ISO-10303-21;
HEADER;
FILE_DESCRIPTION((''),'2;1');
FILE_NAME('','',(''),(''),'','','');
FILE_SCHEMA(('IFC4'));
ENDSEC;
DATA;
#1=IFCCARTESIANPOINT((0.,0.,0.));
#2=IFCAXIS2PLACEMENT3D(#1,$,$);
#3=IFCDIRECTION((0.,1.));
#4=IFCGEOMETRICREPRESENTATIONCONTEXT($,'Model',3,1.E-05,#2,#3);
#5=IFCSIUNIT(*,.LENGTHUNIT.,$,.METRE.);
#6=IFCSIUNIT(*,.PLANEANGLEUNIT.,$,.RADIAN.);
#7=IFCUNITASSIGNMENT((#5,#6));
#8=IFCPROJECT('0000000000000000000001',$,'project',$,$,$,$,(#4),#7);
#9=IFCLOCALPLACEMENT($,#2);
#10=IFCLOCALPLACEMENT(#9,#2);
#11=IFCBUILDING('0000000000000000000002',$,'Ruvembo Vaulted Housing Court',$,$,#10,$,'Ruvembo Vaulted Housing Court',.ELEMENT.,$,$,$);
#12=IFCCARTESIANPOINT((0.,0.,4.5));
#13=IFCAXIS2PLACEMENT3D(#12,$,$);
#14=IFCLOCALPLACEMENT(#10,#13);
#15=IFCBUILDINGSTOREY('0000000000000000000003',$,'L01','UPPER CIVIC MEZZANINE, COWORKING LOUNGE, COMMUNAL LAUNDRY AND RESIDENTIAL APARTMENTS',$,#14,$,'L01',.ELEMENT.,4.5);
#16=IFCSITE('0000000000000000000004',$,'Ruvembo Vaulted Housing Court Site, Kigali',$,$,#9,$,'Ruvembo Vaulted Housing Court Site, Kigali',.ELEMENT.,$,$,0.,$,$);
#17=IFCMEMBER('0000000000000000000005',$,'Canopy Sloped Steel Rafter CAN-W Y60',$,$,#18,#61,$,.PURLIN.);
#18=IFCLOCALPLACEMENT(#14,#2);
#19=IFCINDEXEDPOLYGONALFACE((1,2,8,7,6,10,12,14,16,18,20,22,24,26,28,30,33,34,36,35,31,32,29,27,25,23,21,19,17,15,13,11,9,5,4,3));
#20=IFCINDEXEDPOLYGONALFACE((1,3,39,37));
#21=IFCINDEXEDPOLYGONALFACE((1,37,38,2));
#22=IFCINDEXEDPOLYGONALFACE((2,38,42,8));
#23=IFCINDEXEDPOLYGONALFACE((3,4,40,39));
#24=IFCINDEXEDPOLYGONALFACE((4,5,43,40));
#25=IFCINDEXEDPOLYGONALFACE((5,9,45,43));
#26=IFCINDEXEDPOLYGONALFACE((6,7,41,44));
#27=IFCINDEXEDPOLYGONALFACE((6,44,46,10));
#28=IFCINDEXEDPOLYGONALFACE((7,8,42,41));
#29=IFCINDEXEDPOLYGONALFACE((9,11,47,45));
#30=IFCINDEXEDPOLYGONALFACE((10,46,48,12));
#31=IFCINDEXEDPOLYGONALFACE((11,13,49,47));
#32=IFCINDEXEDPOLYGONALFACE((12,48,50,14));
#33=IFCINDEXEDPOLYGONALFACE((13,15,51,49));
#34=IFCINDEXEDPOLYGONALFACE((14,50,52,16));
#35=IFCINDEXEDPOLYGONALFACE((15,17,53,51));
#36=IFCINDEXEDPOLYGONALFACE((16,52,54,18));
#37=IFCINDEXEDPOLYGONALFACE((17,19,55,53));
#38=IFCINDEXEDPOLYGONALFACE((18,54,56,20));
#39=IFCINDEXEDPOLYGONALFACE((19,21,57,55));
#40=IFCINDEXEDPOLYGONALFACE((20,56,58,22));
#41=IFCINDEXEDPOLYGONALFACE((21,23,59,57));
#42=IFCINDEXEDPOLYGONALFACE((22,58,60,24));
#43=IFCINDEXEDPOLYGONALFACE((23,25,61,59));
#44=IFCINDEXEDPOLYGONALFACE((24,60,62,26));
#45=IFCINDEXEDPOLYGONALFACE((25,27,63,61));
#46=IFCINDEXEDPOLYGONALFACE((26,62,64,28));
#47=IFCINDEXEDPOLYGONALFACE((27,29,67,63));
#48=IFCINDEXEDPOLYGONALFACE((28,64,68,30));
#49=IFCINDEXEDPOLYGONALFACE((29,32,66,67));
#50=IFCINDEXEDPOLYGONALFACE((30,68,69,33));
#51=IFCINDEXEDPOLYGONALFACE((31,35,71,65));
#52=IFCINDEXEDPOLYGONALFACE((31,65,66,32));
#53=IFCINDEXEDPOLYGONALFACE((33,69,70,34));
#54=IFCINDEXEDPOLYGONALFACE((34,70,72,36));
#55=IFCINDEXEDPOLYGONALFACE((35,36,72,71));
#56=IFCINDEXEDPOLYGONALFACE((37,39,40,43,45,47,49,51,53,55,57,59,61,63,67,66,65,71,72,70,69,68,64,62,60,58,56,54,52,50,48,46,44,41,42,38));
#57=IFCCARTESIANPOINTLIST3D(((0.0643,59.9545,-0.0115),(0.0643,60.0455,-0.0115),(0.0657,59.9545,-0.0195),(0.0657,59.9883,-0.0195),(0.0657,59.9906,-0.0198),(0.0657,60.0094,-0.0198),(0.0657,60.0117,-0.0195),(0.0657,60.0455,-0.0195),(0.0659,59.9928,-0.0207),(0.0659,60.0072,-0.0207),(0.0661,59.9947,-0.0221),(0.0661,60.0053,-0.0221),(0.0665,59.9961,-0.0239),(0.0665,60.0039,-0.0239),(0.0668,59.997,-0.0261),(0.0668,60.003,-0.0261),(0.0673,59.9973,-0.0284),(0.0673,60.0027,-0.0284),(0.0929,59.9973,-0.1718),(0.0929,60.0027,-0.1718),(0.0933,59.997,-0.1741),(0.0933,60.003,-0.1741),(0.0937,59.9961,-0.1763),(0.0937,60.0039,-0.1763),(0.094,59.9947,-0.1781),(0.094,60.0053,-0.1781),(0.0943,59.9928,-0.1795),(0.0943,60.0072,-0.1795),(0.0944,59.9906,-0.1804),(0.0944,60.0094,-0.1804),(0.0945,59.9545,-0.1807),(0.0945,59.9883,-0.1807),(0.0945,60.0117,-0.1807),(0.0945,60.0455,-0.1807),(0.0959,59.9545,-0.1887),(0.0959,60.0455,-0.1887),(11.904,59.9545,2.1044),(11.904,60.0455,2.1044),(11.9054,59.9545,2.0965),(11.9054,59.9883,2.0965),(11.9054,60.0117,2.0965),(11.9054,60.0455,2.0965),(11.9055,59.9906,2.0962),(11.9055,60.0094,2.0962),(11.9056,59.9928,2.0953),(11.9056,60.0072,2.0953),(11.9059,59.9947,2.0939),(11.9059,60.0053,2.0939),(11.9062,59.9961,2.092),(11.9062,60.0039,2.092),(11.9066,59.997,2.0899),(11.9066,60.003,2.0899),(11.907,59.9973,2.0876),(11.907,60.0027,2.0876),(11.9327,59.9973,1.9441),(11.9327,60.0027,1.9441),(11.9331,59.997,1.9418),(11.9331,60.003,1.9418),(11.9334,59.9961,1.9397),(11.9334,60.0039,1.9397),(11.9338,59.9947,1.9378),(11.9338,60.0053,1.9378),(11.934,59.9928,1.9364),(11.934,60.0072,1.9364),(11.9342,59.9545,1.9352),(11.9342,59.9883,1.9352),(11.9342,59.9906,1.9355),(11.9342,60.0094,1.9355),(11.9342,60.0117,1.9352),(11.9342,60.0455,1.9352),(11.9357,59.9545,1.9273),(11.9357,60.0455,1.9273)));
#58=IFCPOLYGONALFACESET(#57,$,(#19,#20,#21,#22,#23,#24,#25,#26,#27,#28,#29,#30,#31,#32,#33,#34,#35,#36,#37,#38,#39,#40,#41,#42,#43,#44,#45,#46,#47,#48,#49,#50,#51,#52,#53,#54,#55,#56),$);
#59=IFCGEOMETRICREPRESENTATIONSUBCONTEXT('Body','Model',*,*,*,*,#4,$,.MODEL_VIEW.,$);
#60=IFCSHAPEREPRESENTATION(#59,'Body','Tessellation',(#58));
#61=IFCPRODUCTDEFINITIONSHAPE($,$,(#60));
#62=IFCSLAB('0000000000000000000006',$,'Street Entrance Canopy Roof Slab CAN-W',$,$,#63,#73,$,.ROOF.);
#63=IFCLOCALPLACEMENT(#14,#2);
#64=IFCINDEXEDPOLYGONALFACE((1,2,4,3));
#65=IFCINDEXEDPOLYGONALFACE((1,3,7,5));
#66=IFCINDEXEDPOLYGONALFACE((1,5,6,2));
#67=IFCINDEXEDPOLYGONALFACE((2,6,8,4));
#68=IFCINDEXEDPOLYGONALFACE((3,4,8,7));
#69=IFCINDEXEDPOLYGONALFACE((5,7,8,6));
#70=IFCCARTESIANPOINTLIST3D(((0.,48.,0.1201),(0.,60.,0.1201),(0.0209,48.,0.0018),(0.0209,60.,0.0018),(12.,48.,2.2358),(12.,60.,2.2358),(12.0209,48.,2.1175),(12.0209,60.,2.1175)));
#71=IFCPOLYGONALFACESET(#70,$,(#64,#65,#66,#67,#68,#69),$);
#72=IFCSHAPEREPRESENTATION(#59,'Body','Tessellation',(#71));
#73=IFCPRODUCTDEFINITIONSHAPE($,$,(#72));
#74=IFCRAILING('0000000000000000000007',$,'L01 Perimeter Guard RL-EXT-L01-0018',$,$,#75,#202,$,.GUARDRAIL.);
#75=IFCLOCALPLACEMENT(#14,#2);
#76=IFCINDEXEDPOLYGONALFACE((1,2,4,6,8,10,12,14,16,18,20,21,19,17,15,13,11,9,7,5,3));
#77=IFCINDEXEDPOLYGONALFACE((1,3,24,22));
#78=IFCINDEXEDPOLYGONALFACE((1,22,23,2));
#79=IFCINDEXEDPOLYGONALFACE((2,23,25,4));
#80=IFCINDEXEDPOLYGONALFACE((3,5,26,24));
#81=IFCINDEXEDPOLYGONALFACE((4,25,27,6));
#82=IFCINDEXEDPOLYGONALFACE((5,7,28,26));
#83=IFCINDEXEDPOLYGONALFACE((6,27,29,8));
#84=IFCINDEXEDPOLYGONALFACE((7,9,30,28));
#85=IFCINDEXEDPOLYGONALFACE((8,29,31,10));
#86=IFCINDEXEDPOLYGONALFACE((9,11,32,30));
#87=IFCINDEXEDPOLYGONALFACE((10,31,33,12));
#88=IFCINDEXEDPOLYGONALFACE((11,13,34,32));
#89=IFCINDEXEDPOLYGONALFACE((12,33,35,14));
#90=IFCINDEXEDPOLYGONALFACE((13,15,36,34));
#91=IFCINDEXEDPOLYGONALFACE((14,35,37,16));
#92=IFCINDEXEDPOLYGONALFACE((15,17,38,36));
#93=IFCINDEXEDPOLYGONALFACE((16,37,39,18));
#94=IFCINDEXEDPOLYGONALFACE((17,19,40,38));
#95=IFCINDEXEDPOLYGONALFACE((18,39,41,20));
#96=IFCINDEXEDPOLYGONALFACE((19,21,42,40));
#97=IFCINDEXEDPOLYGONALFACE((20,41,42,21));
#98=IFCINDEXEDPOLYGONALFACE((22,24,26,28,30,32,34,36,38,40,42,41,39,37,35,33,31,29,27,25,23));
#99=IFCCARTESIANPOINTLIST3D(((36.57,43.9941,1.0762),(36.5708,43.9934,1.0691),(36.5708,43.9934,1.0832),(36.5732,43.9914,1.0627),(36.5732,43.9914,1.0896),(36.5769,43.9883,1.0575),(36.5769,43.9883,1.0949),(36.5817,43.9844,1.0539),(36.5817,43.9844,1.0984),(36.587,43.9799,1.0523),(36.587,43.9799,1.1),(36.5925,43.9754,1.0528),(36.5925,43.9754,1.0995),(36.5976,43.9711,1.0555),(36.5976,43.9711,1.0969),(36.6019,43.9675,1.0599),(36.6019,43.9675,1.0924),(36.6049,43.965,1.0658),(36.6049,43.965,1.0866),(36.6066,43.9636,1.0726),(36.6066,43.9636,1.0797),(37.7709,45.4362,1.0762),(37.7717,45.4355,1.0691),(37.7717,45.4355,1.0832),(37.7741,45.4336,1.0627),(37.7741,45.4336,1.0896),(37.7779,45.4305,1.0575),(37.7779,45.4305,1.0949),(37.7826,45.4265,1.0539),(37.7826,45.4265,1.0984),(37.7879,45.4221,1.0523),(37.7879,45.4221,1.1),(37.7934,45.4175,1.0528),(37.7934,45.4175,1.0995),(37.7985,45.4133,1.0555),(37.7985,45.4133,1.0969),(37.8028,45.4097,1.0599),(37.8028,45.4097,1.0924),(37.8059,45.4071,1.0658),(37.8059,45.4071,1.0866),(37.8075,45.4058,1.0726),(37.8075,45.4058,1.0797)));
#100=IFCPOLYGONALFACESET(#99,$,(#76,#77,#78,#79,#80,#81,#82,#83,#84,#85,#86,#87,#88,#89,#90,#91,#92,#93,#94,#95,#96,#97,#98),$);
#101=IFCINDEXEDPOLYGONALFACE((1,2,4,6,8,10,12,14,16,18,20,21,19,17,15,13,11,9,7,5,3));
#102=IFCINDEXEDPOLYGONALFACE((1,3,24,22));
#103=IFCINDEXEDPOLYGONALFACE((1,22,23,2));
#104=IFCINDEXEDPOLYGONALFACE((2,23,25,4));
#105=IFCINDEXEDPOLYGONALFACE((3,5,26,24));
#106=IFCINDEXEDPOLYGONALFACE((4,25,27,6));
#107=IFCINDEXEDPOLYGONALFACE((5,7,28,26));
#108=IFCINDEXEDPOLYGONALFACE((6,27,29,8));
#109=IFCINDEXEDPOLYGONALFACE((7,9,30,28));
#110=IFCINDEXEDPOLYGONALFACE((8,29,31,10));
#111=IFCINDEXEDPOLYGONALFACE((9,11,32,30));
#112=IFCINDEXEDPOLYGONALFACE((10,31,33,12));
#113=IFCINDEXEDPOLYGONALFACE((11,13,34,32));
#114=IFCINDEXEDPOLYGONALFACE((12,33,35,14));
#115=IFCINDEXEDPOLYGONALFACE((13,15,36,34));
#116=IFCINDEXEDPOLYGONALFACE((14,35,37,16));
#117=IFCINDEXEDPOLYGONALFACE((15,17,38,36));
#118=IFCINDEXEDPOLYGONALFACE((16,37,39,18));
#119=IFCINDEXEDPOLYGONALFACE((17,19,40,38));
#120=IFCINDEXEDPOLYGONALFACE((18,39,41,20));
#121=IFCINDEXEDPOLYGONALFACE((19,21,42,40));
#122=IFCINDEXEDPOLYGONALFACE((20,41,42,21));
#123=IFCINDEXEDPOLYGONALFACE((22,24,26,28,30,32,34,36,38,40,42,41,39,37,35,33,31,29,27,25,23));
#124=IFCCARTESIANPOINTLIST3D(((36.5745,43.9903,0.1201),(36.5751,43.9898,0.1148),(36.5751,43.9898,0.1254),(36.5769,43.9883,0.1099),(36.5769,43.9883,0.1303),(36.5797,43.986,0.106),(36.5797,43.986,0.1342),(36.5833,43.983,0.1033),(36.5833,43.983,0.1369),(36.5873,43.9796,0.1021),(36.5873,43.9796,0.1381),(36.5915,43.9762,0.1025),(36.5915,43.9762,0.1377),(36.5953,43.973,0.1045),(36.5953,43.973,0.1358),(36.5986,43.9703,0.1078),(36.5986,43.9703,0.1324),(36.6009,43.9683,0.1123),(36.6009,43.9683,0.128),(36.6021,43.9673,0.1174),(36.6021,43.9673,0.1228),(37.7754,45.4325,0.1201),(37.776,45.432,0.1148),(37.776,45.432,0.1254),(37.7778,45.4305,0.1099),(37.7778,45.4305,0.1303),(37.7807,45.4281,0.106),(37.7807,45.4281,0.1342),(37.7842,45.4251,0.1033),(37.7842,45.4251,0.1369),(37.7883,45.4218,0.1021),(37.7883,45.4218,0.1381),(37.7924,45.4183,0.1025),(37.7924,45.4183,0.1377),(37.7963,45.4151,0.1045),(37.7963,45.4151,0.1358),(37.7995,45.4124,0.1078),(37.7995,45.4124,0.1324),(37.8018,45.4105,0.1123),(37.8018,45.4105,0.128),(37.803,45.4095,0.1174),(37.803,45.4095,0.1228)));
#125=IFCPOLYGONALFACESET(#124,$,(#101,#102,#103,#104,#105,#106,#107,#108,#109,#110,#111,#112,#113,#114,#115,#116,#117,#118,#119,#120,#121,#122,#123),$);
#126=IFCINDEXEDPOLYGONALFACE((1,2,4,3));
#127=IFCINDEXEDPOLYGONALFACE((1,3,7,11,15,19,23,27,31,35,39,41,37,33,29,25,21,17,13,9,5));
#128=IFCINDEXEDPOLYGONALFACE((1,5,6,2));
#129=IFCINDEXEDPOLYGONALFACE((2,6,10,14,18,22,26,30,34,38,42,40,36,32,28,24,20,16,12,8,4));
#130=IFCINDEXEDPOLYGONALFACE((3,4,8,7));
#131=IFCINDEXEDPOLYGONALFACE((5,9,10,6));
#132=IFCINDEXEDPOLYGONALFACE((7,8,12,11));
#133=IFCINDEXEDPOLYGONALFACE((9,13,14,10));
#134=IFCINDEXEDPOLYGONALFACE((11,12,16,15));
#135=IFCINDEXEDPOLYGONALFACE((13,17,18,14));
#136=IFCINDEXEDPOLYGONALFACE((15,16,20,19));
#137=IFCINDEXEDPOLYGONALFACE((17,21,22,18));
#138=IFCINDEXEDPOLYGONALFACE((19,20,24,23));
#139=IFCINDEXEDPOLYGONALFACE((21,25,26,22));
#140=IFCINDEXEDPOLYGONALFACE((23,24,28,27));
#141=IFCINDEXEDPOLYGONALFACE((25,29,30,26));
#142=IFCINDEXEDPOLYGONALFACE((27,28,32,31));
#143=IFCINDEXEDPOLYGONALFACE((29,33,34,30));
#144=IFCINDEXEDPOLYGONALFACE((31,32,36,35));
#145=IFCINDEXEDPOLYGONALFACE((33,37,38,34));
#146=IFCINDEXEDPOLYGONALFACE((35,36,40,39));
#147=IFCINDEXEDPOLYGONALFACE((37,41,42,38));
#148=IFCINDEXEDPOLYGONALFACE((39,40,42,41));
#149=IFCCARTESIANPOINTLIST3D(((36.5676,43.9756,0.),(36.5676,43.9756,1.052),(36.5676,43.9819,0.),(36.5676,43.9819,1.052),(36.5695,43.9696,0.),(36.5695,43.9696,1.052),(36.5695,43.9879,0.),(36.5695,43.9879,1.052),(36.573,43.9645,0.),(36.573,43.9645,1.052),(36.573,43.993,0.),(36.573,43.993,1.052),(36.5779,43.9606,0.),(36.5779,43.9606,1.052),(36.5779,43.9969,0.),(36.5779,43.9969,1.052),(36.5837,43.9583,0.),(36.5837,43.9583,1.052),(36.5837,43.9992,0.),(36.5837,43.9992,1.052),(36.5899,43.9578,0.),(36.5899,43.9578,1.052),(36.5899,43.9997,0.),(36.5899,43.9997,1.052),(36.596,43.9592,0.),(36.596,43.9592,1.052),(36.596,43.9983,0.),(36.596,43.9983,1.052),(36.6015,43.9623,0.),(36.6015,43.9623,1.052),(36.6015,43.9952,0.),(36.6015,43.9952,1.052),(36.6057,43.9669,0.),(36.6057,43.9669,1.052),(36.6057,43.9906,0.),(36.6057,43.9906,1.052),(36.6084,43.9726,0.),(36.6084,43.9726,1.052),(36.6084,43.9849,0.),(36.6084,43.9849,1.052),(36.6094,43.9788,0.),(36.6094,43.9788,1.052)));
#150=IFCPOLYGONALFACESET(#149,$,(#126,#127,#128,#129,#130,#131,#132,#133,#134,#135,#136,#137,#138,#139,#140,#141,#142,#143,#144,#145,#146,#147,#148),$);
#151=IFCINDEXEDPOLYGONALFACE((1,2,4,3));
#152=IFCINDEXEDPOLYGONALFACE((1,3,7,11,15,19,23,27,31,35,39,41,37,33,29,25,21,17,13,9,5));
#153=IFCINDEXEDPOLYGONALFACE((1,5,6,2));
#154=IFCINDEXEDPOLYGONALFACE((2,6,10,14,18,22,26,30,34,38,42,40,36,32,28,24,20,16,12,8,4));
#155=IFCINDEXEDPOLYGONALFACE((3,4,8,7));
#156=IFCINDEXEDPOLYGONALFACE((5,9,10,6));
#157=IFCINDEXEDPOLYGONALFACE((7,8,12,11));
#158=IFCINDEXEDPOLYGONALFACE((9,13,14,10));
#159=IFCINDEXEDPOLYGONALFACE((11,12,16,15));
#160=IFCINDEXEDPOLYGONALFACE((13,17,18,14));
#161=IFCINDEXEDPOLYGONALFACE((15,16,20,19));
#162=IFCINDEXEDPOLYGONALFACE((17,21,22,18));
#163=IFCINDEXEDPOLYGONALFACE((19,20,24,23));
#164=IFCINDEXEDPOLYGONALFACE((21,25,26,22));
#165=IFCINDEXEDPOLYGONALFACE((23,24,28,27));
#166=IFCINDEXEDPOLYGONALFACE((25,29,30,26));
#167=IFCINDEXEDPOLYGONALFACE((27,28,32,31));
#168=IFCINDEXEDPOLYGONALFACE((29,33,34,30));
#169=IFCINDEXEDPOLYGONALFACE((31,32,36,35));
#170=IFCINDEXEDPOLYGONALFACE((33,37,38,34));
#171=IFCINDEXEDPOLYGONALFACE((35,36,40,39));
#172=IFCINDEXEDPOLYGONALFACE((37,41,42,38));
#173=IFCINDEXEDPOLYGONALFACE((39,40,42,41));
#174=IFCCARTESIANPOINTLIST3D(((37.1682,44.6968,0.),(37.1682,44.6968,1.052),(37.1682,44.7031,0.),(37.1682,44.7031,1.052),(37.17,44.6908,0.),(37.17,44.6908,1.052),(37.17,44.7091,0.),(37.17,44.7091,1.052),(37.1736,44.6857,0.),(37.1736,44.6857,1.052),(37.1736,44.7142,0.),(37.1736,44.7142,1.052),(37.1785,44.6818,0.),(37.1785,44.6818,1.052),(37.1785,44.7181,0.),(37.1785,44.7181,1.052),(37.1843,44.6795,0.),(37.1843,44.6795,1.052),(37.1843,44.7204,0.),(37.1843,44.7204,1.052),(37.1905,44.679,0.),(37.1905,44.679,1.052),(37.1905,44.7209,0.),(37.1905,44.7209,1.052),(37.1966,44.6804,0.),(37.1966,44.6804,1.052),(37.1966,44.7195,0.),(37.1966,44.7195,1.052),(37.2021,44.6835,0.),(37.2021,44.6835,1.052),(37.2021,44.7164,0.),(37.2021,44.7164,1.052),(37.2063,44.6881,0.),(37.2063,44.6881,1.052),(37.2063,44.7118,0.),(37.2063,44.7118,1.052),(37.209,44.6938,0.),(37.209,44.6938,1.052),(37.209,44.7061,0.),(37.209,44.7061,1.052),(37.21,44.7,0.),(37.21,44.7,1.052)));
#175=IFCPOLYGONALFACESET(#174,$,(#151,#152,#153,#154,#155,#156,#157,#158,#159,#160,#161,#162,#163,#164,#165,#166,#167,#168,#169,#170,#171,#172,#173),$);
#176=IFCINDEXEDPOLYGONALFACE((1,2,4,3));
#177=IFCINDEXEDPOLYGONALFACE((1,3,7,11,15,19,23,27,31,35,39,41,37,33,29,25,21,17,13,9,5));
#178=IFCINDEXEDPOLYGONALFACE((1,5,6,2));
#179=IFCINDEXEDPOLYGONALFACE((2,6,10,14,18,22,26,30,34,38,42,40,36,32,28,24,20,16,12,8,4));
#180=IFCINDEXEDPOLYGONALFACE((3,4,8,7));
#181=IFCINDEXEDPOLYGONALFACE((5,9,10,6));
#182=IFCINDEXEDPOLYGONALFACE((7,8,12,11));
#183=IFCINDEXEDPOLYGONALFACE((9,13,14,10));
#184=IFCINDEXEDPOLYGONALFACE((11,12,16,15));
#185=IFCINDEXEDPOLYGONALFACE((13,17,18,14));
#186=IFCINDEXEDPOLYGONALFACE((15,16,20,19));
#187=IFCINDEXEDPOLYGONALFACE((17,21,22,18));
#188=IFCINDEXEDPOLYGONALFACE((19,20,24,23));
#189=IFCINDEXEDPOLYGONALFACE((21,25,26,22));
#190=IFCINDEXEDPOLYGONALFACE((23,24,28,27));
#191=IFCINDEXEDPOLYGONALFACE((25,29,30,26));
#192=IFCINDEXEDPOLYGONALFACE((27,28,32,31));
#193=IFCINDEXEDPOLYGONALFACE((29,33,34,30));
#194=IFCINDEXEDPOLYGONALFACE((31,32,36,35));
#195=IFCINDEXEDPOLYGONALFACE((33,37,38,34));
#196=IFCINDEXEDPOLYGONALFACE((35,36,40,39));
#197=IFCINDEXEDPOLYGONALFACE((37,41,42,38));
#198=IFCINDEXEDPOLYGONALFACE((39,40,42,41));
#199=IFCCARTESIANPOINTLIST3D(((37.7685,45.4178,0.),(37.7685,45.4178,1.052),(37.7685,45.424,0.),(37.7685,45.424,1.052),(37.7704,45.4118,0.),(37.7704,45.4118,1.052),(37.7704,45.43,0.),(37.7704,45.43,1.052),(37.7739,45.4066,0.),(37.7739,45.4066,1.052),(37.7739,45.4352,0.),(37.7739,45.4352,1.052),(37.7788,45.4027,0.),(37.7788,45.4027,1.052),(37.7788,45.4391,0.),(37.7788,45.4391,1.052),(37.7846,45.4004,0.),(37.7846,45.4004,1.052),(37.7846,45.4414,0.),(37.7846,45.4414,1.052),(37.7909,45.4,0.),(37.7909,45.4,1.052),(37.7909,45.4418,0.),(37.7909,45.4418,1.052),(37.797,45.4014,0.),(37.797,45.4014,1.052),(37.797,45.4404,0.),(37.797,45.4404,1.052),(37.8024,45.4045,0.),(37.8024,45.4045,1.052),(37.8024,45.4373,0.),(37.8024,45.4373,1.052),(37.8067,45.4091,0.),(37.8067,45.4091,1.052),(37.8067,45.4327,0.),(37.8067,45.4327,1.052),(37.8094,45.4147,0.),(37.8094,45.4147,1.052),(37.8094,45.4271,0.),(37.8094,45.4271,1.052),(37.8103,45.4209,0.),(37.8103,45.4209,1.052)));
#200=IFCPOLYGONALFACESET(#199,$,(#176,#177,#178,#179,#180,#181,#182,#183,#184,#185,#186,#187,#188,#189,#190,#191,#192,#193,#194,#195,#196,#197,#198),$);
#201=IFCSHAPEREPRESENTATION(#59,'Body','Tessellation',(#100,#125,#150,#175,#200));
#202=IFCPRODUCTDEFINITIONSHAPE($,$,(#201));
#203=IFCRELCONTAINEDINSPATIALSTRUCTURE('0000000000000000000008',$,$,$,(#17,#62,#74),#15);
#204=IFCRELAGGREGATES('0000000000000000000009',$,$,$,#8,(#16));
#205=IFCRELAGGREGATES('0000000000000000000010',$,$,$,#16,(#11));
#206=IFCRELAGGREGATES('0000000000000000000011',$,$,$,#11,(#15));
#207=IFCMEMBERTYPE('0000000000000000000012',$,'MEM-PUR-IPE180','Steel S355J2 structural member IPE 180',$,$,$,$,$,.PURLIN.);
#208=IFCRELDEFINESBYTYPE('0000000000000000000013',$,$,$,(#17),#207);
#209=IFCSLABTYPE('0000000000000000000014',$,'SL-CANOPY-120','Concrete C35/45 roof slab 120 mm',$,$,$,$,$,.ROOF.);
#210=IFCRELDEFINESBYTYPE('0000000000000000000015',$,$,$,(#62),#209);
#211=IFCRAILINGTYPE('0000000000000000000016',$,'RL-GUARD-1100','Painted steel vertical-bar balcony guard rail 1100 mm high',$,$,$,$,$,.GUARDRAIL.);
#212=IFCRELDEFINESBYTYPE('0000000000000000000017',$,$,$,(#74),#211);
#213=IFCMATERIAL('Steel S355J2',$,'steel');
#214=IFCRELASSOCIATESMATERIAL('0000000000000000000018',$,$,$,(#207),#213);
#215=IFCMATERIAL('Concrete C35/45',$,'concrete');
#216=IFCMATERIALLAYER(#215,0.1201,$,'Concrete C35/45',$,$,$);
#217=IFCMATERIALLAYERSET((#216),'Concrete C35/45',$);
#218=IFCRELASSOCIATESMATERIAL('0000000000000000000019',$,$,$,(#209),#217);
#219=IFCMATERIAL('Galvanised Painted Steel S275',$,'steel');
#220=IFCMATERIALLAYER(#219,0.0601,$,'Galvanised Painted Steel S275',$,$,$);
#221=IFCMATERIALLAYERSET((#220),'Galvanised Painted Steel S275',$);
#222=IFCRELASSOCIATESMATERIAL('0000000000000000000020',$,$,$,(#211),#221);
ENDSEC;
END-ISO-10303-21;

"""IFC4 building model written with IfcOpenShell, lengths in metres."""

from ifc_helpers import new_model, si_unit, direction, frame, origin, origin_2d, place, context, subcontext, project, spatial, polyline, circle, i_section, outline, extrude, material, layer, layer_set, material_profile, profile_set, type_object, element, save


model = new_model("IFC4")

# Units and contexts
model_context = context("Model", 3, precision=1e-05, world=origin(), true_north=direction((0.0, 1.0)))
body_context = subcontext(model_context, "Body", "Model", "MODEL_VIEW")
ifc_project = project(units=[si_unit("LENGTHUNIT", "METRE"), si_unit("PLANEANGLEUNIT", "RADIAN")], contexts=[model_context])

# Site, building, storey
site_placement = place(None, origin())
site = spatial("IfcSite", under=ifc_project, at=site_placement, Name="Ruvembo Vaulted Housing Court Site, Kigali", LongName="Ruvembo Vaulted Housing Court Site, Kigali", CompositionType="ELEMENT", RefElevation=0.0)
building_placement = place(site_placement, origin())
building = spatial("IfcBuilding", under=site, at=building_placement, Name="Ruvembo Vaulted Housing Court", LongName="Ruvembo Vaulted Housing Court", CompositionType="ELEMENT")
storey_placement = place(building_placement, frame((0.0, 0.0, 4.5)))
storey = spatial("IfcBuildingStorey", under=building, at=storey_placement, Name="L01", Description="UPPER CIVIC MEZZANINE, COWORKING LOUNGE, COMMUNAL LAUNDRY AND RESIDENTIAL APARTMENTS", LongName="L01", CompositionType="ELEMENT", Elevation=4.5)

# Shared definitions
ifc_material_1 = material(Name="Steel S355J2", Category="steel")

# Member
ifc_material_profile_1 = material_profile(ifc_material_1, i_section(OverallWidth=0.0911, OverallDepth=0.1799, WebThickness=0.0054, FlangeThickness=0.0081, FilletRadius=0.009, at=origin_2d()), Name="IPE 180")
ifc_profile_set_1 = profile_set([ifc_material_profile_1], Name="Steel S355J2")
member_type_1 = type_object("IfcMemberType", Name="MEM-PUR-IPE180", Description="Steel S355J2 structural member IPE 180", PredefinedType="PURLIN", material=ifc_profile_set_1)
for number, where, z_axis, x_axis, name in (
    (1, (0.0801, 60.0, -0.1001), (0.984403, 0.0, 0.175928), (0.0, 1.0, 0.0), "Canopy Sloped Steel Rafter CAN-W Y60"),
):
    element("IfcMember", number, at=place(storey_placement, frame(where, z_axis=z_axis, x_axis=x_axis)), inside=storey, type_object=member_type_1, Name=name, PredefinedType="PURLIN", context=body_context, shape_type="SweptSolid", body=[
        extrude(i_section(OverallWidth=0.0911, OverallDepth=0.1799, WebThickness=0.0054, FlangeThickness=0.0081, FilletRadius=0.009, at=origin_2d()), origin(), (0.0, 0.0, 1.0), 12.0273),
    ])

# Slab
ifc_material_2 = material(Name="Concrete C35/45", Category="concrete")
ifc_layer_1 = layer(ifc_material_2, 0.1201, Name="Concrete C35/45")
ifc_layer_set_1 = layer_set([ifc_layer_1], Name="Concrete C35/45")
slab_type = type_object("IfcSlabType", Name="SL-CANOPY-120", Description="Concrete C35/45 roof slab 120 mm", PredefinedType="ROOF", material=ifc_layer_set_1)
slab_placement = place(storey_placement, frame((0.0, 48.0, 0.1201), z_axis=(-0.173632, 0.0, 0.984811), x_axis=(0.984811, 0.0, 0.173632)))
element("IfcSlab", 2, at=slab_placement, inside=storey, type_object=slab_type, Name="Street Entrance Canopy Roof Slab CAN-W", PredefinedType="ROOF", context=body_context, shape_type="SweptSolid", body=[
    extrude(outline(polyline([(0.0, 0.0), (12.1851, 0.0), (12.1851, 12.0), (0.0, 12.0), (0.0, 0.0)])), origin(), (0.0, 0.0, -1.0), 0.1201),
])

# Railing
ifc_material_3 = material(Name="Galvanised Painted Steel S275", Category="steel")
ifc_layer_2 = layer(ifc_material_3, 0.0601, Name="Galvanised Painted Steel S275")
ifc_layer_set_2 = layer_set([ifc_layer_2], Name="Galvanised Painted Steel S275")
railing_type = type_object("IfcRailingType", Name="RL-GUARD-1100", Description="Painted steel vertical-bar balcony guard rail 1100 mm high", PredefinedType="GUARDRAIL", material=ifc_layer_set_2)
railing_1_placement = place(storey_placement, frame((36.5884, 43.9788, 0.0)))
element("IfcRailing", 3, at=railing_1_placement, inside=storey, type_object=railing_type, Name="L01 Perimeter Guard RL-EXT-L01-0018", PredefinedType="GUARDRAIL", context=body_context, shape_type="SweptSolid", body=[
    extrude(circle(Radius=0.0239, at=origin_2d()), frame((0.0, 0.0, 1.0762), z_axis=(0.639916, 0.768445, 0.0), x_axis=(-0.768445, 0.639916, 0.0)), (0.0, 0.0, 1.0), 1.8767),
    extrude(circle(Radius=0.0181, at=origin_2d()), frame((0.0, 0.0, 0.1201), z_axis=(0.639916, 0.768445, 0.0), x_axis=(-0.768445, 0.639916, 0.0)), (0.0, 0.0, 1.0), 1.8767),
    extrude(circle(Radius=0.021, at=origin_2d()), origin(), (0.0, 0.0, 1.0), 1.052),
    extrude(circle(Radius=0.021, at=origin_2d()), frame((0.6006, 0.7212, 0.0)), (0.0, 0.0, 1.0), 1.052),
    extrude(circle(Radius=0.021, at=origin_2d()), frame((1.2009, 1.4421, 0.0)), (0.0, 0.0, 1.0), 1.052),
])

save(model, "model.ifc")
